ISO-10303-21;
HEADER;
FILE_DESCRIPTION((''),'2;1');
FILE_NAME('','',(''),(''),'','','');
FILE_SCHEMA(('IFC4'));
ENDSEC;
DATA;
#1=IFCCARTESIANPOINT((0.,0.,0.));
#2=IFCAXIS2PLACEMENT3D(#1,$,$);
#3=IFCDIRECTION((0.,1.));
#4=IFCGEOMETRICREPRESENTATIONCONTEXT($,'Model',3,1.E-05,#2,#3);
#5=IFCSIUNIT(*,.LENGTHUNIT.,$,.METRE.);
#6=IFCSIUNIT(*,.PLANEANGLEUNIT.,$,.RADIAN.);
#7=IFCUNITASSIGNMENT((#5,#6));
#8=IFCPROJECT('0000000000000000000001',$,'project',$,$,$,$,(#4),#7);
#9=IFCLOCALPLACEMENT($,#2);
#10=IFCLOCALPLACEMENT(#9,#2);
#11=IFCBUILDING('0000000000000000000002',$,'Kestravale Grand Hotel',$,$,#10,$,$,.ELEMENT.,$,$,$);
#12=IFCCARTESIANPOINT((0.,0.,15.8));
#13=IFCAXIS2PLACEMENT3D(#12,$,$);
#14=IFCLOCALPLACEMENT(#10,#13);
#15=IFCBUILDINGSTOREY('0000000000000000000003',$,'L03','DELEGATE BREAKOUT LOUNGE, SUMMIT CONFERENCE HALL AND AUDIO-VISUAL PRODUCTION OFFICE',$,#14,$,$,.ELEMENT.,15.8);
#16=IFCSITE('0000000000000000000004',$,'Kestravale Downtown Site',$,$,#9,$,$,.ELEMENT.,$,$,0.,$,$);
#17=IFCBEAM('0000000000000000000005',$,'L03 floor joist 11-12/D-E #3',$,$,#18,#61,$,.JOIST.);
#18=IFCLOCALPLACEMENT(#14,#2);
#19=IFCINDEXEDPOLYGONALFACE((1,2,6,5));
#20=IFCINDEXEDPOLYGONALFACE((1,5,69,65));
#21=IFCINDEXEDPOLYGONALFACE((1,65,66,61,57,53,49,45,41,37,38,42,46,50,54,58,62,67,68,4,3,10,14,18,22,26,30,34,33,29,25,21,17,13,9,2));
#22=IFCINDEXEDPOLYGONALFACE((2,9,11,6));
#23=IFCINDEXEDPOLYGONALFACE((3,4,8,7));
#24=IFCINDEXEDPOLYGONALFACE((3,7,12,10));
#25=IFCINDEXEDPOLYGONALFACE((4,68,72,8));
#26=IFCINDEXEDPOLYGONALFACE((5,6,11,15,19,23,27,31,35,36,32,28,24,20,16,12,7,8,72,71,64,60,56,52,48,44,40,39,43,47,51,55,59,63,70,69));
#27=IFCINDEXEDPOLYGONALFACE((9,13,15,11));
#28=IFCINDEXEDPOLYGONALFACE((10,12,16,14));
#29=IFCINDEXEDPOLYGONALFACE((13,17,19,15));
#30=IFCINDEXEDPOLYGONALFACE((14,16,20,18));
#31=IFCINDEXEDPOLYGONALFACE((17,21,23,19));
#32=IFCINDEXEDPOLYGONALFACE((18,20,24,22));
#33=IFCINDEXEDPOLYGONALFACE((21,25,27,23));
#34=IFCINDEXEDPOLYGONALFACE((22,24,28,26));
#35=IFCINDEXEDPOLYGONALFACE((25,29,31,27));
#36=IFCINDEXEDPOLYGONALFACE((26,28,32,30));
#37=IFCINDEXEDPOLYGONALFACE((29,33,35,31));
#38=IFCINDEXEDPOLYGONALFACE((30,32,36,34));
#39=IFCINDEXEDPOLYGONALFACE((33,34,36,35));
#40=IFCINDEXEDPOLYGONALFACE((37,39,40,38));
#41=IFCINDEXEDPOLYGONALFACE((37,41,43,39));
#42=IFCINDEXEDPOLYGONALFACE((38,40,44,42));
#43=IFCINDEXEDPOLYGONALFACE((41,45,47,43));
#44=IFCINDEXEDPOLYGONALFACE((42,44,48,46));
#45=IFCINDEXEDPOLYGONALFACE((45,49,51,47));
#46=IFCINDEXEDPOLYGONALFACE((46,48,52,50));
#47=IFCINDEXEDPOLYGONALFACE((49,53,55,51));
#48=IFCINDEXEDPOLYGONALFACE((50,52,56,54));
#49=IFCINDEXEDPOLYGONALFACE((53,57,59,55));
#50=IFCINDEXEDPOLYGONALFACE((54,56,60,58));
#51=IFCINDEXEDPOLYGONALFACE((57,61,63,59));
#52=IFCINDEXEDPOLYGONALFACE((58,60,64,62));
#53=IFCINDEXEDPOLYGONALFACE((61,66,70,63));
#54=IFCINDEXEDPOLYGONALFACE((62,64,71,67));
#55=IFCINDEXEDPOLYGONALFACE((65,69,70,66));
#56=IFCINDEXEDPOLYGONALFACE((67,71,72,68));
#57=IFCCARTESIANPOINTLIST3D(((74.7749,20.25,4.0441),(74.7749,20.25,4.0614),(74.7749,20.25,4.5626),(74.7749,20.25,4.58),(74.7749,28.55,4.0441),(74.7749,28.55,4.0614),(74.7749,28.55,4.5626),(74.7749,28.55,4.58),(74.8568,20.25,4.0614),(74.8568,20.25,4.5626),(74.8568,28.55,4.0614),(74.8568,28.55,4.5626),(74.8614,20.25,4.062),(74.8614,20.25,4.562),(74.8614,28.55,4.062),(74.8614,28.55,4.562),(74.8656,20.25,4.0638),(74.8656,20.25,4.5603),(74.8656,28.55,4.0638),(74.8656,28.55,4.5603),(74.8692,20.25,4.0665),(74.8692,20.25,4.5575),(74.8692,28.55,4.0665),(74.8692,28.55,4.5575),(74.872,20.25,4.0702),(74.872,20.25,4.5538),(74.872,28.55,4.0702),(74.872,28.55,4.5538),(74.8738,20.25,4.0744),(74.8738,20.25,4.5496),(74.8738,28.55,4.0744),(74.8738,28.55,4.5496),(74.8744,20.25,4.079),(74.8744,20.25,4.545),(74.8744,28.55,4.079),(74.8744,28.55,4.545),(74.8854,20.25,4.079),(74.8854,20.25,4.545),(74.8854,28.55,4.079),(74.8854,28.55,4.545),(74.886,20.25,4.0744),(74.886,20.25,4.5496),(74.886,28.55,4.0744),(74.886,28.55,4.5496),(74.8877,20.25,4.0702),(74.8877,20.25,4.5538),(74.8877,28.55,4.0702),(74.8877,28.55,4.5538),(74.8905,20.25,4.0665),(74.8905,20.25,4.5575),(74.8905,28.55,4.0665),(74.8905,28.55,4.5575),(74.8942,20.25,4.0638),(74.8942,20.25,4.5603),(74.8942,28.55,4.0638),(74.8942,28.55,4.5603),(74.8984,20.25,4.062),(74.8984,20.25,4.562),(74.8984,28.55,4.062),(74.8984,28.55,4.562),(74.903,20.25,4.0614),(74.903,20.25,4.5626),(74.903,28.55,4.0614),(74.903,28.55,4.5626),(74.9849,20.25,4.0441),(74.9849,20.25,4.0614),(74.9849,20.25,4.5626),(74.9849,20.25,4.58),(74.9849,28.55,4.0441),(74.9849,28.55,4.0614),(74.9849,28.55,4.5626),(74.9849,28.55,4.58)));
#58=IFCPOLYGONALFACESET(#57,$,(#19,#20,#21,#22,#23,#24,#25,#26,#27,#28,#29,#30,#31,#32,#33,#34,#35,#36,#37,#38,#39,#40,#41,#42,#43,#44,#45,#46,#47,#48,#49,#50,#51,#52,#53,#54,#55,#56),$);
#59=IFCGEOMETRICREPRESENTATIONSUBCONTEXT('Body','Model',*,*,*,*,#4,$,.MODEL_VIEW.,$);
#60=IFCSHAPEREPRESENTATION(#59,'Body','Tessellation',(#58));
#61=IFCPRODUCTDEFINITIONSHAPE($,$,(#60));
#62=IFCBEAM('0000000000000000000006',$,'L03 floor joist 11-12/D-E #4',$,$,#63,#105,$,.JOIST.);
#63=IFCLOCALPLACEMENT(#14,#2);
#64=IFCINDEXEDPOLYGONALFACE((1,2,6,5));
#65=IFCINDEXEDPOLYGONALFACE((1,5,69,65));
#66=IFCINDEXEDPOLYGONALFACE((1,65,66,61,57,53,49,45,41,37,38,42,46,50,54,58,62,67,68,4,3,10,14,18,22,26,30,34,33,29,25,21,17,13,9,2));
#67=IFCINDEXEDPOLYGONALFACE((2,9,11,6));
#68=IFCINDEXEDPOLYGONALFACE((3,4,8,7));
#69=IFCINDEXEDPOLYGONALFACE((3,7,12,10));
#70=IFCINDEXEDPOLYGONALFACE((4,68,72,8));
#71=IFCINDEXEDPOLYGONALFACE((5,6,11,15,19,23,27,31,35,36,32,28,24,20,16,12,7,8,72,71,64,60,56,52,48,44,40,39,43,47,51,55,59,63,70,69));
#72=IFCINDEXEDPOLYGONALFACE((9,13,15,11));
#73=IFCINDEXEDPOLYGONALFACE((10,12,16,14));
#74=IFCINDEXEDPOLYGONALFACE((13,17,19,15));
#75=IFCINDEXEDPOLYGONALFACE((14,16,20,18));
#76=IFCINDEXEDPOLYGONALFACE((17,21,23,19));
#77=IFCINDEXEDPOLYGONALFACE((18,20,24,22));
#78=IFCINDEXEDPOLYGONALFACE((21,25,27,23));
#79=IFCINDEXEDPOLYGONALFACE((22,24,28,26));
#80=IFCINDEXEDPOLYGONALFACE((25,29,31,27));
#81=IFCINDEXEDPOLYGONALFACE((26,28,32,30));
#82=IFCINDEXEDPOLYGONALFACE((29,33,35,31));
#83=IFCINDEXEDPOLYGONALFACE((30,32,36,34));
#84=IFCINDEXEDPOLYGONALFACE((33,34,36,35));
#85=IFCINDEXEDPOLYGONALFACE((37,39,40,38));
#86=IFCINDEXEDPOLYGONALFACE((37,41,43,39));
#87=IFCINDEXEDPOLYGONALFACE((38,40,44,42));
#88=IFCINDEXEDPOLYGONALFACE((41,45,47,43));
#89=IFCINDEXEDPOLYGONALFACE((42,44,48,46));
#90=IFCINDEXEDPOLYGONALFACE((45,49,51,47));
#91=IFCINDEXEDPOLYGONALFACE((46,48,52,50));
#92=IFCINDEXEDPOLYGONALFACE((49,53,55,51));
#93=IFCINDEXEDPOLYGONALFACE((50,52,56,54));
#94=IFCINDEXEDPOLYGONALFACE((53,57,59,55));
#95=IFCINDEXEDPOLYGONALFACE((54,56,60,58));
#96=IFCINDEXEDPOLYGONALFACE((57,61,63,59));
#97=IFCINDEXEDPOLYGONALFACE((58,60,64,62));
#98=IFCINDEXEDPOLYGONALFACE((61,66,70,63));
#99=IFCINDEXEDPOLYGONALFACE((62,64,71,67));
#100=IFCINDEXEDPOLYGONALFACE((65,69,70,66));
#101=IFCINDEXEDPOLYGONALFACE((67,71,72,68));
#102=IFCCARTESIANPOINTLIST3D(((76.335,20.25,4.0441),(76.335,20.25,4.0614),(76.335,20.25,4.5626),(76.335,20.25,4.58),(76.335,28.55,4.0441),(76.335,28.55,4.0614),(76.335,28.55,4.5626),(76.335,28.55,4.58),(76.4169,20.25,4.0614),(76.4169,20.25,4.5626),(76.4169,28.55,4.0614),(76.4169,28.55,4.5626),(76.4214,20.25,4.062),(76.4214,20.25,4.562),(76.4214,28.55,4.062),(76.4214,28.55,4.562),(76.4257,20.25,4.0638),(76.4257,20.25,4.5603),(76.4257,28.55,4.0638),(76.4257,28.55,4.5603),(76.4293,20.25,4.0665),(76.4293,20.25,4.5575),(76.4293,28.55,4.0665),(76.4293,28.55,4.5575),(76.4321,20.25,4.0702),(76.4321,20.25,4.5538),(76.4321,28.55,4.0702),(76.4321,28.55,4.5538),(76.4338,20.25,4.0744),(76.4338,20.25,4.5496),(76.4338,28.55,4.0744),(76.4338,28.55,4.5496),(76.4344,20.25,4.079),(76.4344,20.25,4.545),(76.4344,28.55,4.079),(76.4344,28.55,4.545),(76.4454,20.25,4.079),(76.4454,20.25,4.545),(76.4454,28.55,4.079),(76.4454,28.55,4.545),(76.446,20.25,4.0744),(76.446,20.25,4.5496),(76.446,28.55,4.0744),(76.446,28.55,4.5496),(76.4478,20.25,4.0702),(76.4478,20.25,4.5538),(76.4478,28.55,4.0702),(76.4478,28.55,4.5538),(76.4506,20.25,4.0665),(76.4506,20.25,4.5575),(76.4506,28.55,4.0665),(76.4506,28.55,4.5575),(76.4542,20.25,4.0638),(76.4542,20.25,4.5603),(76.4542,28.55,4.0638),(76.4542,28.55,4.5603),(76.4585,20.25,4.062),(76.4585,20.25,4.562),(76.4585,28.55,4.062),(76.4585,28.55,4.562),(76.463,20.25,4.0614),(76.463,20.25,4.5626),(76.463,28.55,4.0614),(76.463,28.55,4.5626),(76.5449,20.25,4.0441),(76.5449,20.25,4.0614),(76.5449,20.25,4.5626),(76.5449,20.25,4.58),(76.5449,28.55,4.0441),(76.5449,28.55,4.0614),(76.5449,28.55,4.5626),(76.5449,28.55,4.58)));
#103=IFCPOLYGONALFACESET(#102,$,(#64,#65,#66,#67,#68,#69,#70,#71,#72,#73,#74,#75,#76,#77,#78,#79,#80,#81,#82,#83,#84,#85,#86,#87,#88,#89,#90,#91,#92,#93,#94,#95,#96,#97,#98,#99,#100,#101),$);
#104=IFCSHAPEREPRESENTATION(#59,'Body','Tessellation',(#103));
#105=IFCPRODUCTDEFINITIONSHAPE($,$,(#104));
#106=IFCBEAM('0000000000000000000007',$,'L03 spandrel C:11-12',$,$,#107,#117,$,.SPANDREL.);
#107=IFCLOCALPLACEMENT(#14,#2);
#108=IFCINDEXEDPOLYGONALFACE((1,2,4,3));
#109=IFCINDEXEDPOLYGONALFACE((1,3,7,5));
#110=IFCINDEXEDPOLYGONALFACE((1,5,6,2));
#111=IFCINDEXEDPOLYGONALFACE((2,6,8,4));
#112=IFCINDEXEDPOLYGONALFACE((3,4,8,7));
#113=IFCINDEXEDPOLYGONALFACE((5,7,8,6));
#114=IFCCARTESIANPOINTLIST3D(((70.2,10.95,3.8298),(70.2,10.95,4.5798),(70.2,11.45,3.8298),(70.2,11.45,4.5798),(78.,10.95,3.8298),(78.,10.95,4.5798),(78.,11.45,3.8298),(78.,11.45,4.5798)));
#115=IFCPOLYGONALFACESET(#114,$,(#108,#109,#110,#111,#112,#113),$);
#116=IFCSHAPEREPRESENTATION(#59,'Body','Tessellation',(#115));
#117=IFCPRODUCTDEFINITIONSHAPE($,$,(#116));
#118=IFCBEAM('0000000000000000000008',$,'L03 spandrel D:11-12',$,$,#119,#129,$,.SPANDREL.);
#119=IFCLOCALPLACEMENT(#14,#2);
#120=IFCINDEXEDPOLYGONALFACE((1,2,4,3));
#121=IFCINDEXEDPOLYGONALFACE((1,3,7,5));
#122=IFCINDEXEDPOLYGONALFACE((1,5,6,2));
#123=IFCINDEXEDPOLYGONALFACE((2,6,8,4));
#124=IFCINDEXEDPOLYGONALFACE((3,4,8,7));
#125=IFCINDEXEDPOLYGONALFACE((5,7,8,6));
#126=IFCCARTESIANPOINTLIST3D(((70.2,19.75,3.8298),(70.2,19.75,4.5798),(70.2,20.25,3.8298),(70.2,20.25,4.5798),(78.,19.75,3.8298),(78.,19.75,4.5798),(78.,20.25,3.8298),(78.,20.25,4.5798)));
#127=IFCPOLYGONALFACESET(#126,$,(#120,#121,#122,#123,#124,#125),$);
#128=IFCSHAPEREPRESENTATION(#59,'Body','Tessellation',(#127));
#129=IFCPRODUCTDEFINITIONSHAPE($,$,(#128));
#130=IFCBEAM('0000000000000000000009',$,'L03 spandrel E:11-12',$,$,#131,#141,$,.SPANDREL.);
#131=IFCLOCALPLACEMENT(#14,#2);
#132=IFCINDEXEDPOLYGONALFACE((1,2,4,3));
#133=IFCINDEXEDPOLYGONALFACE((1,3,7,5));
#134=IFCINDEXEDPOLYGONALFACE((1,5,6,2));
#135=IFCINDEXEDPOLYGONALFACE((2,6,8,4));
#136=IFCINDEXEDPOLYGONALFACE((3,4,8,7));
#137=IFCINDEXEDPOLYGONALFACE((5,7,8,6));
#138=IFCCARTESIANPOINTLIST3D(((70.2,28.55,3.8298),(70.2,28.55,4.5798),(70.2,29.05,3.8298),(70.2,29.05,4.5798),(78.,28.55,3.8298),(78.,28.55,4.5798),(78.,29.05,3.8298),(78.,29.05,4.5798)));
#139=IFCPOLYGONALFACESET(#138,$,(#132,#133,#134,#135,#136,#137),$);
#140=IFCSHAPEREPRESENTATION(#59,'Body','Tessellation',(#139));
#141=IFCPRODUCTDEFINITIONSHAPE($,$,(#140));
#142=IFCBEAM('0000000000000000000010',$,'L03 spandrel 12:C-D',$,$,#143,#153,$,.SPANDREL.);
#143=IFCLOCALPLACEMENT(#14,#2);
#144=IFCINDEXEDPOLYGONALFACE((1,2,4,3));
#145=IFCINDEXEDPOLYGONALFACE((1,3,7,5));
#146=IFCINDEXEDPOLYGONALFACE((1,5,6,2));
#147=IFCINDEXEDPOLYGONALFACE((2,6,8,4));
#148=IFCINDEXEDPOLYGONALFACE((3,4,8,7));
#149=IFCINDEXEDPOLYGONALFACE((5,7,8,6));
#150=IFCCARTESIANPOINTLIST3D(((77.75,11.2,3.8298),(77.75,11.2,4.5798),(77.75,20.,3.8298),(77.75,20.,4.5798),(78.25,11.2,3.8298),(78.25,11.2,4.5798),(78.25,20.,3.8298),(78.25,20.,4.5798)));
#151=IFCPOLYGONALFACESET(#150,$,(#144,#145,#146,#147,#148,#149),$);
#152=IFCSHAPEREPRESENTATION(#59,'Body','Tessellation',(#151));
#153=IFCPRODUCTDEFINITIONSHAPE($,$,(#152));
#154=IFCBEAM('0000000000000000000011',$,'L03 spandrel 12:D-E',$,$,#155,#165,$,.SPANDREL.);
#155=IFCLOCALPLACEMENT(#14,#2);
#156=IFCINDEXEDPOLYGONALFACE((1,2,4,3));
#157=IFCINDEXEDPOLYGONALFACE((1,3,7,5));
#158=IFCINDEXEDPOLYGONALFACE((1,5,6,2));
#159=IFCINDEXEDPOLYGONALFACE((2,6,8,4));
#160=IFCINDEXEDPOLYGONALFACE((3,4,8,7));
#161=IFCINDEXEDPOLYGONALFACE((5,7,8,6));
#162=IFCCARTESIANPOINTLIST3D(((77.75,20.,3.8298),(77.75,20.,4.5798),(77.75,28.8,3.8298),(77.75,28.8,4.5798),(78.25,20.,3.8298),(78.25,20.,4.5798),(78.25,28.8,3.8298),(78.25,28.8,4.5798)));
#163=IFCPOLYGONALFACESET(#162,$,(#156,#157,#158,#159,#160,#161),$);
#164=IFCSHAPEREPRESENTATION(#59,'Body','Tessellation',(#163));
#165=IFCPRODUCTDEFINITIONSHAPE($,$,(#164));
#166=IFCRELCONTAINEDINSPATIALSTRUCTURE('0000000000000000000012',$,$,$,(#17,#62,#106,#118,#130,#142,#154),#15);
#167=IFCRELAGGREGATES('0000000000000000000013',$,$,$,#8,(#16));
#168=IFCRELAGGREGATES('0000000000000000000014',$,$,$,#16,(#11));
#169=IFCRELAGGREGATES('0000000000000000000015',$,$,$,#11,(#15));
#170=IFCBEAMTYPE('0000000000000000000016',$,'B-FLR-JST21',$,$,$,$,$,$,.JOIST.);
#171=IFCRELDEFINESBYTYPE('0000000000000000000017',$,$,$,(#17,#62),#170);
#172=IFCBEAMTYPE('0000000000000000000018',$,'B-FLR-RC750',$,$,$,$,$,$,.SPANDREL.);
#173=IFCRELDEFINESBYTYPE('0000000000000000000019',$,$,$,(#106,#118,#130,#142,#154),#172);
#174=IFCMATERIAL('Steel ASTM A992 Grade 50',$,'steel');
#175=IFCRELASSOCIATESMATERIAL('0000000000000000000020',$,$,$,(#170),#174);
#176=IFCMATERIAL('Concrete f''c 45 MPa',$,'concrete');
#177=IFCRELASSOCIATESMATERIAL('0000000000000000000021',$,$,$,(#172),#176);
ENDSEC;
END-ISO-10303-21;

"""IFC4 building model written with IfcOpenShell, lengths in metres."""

from ifc_helpers import new_model, si_unit, direction, frame, origin, origin_2d, place, context, subcontext, project, spatial, rectangle, i_section, extrude, material, material_profile, profile_set, type_object, element, save


model = new_model("IFC4")

# Units and contexts
model_context = context("Model", 3, precision=1e-05, world=origin(), true_north=direction((0.0, 1.0)))
body_context = subcontext(model_context, "Body", "Model", "MODEL_VIEW")
ifc_project = project(units=[si_unit("LENGTHUNIT", "METRE"), si_unit("PLANEANGLEUNIT", "RADIAN")], contexts=[model_context])

# Site, building, storey
site_placement = place(None, origin())
site = spatial("IfcSite", under=ifc_project, at=site_placement, Name="Kestravale Downtown Site", CompositionType="ELEMENT", RefElevation=0.0)
building_placement = place(site_placement, origin())
building = spatial("IfcBuilding", under=site, at=building_placement, Name="Kestravale Grand Hotel", CompositionType="ELEMENT")
storey_placement = place(building_placement, frame((0.0, 0.0, 15.8)))
storey = spatial("IfcBuildingStorey", under=building, at=storey_placement, Name="L03", Description="DELEGATE BREAKOUT LOUNGE, SUMMIT CONFERENCE HALL AND AUDIO-VISUAL PRODUCTION OFFICE", CompositionType="ELEMENT", Elevation=15.8)

# Beams
ifc_material_1 = material(Name="Steel ASTM A992 Grade 50", Category="steel")
ifc_material_profile_1 = material_profile(ifc_material_1, i_section(OverallWidth=0.21, OverallDepth=0.5359, WebThickness=0.011, FlangeThickness=0.0173, FilletRadius=0.0176, at=origin_2d()))
ifc_profile_set_1 = profile_set([ifc_material_profile_1], Name="Steel ASTM A992 Grade 50")
beam_type_1 = type_object("IfcBeamType", Name="B-FLR-JST21", PredefinedType="JOIST", material=ifc_profile_set_1)
for number, where, z_axis, x_axis, name in (
    (1, (74.8799, 20.25, 4.312), (0.0, 1.0, 0.0), (-1.0, 0.0, 0.0), "L03 floor joist 11-12/D-E #3"),
    (2, (76.4399, 20.25, 4.312), (0.0, 1.0, 0.0), (-1.0, 0.0, 0.0), "L03 floor joist 11-12/D-E #4"),
):
    element("IfcBeam", number, at=place(storey_placement, frame(where, z_axis=z_axis, x_axis=x_axis)), inside=storey, type_object=beam_type_1, Name=name, PredefinedType="JOIST", context=body_context, shape_type="SweptSolid", body=[
        extrude(i_section(OverallWidth=0.21, OverallDepth=0.5359, WebThickness=0.011, FlangeThickness=0.0173, FilletRadius=0.0176, at=origin_2d()), origin(), (0.0, 0.0, 1.0), 8.3),
    ])
ifc_material_2 = material(Name="Concrete f'c 45 MPa", Category="concrete")
ifc_material_profile_2 = material_profile(ifc_material_2, rectangle(XDim=0.5, YDim=0.75, at=origin_2d()))
ifc_profile_set_2 = profile_set([ifc_material_profile_2], Name="Concrete f'c 45 MPa")
beam_type_2 = type_object("IfcBeamType", Name="B-FLR-RC750", PredefinedType="SPANDREL", material=ifc_profile_set_2)
for number, where, z_axis, x_axis, name in (
    (3, (70.2, 11.2, 4.2048), (1.0, 0.0, 0.0), (0.0, 1.0, 0.0), "L03 spandrel C:11-12"),
    (4, (70.2, 20.0, 4.2048), (1.0, 0.0, 0.0), (0.0, 1.0, 0.0), "L03 spandrel D:11-12"),
    (5, (70.2, 28.8, 4.2048), (1.0, 0.0, 0.0), (0.0, 1.0, 0.0), "L03 spandrel E:11-12"),
):
    element("IfcBeam", number, at=place(storey_placement, frame(where, z_axis=z_axis, x_axis=x_axis)), inside=storey, type_object=beam_type_2, Name=name, PredefinedType="SPANDREL", context=body_context, shape_type="SweptSolid", body=[
        extrude(rectangle(XDim=0.5, YDim=0.75, at=origin_2d()), origin(), (0.0, 0.0, 1.0), 7.8),
    ])
for number, where, z_axis, x_axis, name in (
    (6, (78.0, 11.2, 4.2048), (0.0, 1.0, 0.0), (-1.0, 0.0, 0.0), "L03 spandrel 12:C-D"),
    (7, (78.0, 20.0, 4.2048), (0.0, 1.0, 0.0), (-1.0, 0.0, 0.0), "L03 spandrel 12:D-E"),
):
    element("IfcBeam", number, at=place(storey_placement, frame(where, z_axis=z_axis, x_axis=x_axis)), inside=storey, type_object=beam_type_2, Name=name, PredefinedType="SPANDREL", context=body_context, shape_type="SweptSolid", body=[
        extrude(rectangle(XDim=0.5, YDim=0.75, at=origin_2d()), origin(), (0.0, 0.0, 1.0), 8.8),
    ])

save(model, "model.ifc")
